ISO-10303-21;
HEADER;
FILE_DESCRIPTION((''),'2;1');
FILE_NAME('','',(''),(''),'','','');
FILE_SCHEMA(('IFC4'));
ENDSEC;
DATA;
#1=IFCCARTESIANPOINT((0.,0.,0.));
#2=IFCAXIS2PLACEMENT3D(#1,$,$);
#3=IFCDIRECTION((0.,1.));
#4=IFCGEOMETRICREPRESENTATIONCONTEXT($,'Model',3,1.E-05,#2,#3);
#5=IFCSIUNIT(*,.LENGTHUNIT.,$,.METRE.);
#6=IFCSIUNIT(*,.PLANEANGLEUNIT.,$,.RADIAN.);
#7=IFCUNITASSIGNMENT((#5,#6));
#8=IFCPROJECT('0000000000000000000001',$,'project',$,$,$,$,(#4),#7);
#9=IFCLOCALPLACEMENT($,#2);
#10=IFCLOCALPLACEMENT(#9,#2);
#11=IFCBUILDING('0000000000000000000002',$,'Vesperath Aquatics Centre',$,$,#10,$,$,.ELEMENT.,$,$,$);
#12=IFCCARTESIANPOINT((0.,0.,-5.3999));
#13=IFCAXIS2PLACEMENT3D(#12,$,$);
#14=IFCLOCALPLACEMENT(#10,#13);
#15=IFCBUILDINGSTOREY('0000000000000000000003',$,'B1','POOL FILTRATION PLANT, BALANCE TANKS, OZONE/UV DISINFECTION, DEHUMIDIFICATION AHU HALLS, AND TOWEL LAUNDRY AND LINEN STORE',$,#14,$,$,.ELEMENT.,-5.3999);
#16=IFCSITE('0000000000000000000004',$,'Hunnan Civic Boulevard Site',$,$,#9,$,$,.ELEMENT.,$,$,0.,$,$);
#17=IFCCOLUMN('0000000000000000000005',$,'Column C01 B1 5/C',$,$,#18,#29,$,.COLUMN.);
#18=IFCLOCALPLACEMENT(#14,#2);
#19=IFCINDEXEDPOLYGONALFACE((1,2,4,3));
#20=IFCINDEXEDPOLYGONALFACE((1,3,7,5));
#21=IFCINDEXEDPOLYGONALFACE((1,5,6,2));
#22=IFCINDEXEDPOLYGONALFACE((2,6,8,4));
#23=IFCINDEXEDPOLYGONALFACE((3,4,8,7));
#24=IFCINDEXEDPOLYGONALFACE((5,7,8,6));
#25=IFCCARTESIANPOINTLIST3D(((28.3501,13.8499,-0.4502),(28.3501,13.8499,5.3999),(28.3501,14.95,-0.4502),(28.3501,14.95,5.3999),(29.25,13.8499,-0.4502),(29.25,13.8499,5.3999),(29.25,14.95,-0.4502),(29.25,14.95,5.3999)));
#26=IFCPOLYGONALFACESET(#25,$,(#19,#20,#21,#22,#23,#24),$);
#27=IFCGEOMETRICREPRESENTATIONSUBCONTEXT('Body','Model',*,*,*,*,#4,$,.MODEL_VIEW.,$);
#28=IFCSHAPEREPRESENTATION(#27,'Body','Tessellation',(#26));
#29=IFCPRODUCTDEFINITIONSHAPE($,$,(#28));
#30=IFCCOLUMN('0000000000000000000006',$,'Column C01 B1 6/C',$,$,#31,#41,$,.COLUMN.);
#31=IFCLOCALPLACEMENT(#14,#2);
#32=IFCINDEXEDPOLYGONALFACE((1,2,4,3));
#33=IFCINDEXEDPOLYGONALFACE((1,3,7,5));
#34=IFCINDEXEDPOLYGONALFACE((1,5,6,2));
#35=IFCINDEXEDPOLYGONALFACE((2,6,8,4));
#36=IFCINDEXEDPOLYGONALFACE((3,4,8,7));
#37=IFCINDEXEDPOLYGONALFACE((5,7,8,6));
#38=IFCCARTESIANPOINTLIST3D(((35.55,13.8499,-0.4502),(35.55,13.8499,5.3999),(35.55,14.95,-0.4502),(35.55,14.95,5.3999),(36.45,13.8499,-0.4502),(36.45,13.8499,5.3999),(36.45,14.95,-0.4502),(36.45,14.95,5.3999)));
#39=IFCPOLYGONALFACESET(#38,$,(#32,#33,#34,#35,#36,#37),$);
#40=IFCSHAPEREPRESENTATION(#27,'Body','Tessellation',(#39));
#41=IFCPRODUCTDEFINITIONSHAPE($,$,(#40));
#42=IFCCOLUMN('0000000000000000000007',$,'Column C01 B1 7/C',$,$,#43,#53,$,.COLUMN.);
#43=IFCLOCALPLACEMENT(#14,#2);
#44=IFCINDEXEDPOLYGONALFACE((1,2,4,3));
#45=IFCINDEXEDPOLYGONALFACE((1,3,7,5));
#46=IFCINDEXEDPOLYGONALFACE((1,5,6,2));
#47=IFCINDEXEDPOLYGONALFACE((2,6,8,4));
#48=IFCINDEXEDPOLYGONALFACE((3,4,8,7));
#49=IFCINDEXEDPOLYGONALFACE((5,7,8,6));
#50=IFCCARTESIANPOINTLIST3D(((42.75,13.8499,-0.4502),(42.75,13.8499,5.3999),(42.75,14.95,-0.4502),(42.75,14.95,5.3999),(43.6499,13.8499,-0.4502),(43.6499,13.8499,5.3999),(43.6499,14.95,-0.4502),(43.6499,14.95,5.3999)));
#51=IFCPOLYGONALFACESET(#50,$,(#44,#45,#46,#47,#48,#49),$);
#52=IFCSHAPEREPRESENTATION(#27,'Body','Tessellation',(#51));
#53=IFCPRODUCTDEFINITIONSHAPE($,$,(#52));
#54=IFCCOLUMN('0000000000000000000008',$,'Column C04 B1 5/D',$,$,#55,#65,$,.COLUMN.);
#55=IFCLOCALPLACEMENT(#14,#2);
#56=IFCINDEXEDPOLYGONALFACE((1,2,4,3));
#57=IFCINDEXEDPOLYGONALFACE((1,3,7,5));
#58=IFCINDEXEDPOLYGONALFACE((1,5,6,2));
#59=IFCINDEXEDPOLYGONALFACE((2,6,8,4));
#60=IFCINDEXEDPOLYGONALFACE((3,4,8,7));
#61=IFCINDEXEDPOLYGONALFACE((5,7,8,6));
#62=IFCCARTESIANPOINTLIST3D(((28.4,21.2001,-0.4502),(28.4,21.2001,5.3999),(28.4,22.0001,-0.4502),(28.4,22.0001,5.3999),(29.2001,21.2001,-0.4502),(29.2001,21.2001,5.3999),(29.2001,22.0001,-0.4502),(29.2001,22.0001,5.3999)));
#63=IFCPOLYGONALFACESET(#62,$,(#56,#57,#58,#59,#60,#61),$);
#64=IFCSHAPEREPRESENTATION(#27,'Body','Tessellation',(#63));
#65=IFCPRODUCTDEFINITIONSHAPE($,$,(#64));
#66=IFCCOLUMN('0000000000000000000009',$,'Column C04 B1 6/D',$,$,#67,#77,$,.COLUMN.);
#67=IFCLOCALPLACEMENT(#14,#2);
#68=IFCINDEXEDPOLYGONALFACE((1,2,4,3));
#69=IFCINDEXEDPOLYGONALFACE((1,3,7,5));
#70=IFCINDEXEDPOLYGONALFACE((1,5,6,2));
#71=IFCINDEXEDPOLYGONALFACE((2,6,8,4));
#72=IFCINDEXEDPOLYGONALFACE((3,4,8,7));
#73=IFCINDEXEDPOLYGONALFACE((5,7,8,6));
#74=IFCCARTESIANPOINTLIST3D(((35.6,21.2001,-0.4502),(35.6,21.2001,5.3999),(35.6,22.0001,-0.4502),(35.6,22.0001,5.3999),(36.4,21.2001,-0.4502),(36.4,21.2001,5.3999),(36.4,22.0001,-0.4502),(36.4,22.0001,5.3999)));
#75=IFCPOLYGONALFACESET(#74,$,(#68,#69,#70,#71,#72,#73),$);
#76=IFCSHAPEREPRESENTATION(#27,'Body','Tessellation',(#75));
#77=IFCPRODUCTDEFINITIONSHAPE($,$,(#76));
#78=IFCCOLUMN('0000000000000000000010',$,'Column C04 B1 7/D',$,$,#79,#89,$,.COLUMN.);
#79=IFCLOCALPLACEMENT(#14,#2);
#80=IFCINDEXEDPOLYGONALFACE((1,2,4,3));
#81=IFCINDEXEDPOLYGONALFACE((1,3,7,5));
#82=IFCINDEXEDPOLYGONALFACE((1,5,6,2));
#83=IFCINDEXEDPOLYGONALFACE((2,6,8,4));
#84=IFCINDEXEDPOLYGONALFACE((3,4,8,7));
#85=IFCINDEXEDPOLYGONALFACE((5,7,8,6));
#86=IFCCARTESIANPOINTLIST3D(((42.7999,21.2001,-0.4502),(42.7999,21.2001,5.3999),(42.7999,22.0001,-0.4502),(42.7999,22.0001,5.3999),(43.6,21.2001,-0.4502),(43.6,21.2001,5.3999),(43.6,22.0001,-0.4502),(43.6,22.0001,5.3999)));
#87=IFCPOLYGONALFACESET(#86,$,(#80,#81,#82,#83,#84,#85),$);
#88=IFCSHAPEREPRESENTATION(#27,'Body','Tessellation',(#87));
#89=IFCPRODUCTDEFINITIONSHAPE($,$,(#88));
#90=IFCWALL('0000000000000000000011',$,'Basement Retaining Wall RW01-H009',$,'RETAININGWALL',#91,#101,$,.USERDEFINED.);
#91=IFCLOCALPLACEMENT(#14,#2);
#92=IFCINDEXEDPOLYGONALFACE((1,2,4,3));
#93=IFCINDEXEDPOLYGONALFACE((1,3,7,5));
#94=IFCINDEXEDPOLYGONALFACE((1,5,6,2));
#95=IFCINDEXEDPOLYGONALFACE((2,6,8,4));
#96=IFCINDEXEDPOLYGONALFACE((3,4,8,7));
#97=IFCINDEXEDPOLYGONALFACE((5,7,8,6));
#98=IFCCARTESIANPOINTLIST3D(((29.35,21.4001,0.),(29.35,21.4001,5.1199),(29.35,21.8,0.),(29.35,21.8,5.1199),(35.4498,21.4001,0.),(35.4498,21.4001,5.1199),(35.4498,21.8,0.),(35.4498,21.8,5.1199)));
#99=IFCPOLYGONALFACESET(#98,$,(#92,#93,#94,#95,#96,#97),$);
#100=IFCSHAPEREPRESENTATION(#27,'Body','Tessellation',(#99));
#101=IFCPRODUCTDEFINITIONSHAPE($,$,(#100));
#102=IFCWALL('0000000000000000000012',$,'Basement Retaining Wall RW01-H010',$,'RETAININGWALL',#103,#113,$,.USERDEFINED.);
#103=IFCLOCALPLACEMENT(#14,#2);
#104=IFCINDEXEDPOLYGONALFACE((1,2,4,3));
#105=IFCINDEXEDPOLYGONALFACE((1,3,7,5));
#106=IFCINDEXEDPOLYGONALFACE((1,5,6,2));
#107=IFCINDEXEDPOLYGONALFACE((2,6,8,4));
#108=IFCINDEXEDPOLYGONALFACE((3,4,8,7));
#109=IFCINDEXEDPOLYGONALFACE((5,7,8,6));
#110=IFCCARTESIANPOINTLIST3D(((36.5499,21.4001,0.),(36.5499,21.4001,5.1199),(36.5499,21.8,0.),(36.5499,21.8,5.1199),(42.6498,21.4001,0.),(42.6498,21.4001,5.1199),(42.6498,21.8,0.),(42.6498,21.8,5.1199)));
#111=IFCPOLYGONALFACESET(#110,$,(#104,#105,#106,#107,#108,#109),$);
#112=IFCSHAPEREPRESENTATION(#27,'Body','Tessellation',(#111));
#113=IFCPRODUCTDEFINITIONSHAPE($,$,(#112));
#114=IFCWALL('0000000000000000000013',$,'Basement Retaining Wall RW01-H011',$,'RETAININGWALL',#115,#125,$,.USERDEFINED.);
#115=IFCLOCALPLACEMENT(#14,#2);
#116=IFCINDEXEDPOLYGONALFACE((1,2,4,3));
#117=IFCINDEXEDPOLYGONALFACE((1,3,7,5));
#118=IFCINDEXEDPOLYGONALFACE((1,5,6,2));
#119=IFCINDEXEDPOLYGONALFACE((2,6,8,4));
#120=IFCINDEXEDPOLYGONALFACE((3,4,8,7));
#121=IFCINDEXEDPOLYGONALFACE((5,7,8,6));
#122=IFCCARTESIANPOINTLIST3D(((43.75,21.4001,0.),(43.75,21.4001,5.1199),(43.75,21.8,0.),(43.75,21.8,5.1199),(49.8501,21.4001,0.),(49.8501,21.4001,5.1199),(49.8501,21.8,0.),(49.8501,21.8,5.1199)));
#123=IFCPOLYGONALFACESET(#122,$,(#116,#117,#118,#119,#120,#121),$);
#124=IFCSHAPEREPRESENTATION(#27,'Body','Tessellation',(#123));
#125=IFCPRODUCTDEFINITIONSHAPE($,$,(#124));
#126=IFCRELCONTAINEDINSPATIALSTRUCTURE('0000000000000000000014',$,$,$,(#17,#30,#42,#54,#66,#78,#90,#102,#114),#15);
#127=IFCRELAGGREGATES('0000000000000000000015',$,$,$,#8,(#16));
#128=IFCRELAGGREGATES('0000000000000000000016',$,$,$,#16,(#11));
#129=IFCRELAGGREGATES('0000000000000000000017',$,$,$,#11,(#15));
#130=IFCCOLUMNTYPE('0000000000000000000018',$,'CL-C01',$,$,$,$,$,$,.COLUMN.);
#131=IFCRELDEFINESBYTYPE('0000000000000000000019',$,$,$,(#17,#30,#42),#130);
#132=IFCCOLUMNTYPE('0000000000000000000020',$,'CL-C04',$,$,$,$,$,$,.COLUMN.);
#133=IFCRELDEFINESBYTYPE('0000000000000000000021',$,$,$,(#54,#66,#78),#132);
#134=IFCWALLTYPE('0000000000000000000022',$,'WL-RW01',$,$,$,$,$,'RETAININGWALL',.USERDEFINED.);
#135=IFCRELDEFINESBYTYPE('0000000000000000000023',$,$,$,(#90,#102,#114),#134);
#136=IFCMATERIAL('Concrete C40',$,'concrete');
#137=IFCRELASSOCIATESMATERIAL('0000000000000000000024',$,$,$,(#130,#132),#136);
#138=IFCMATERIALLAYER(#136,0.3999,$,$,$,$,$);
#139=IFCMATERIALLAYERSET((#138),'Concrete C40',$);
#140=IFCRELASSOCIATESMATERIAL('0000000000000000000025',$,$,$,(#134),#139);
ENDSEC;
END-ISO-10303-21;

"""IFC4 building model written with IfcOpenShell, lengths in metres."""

from ifc_helpers import new_model, si_unit, direction, frame, frame_2d, origin, origin_2d, place, context, subcontext, project, spatial, rectangle, extrude, material, layer, layer_set, material_profile, profile_set, type_object, element, save


model = new_model("IFC4")

# Units and contexts
model_context = context("Model", 3, precision=1e-05, world=origin(), true_north=direction((0.0, 1.0)))
body_context = subcontext(model_context, "Body", "Model", "MODEL_VIEW")
ifc_project = project(units=[si_unit("LENGTHUNIT", "METRE"), si_unit("PLANEANGLEUNIT", "RADIAN")], contexts=[model_context])

# Site, building, storey
site_placement = place(None, origin())
site = spatial("IfcSite", under=ifc_project, at=site_placement, Name="Hunnan Civic Boulevard Site", CompositionType="ELEMENT", RefElevation=0.0)
building_placement = place(site_placement, origin())
building = spatial("IfcBuilding", under=site, at=building_placement, Name="Vesperath Aquatics Centre", CompositionType="ELEMENT")
storey_placement = place(building_placement, frame((0.0, 0.0, -5.3999)))
storey = spatial("IfcBuildingStorey", under=building, at=storey_placement, Name="B1", Description="POOL FILTRATION PLANT, BALANCE TANKS, OZONE/UV DISINFECTION, DEHUMIDIFICATION AHU HALLS, AND TOWEL LAUNDRY AND LINEN STORE", CompositionType="ELEMENT", Elevation=-5.3999)

# Shared definitions
ifc_material_1 = material(Name="Concrete C40", Category="concrete")

# Columns
ifc_material_profile_1 = material_profile(ifc_material_1, rectangle(XDim=0.8999, YDim=1.1001, at=origin_2d()), Name="RC 1100x900")
ifc_profile_set_1 = profile_set([ifc_material_profile_1], Name="Concrete C40")
column_type_1 = type_object("IfcColumnType", Name="CL-C01", PredefinedType="COLUMN", material=ifc_profile_set_1)
for number, where, z_axis, x_axis, name in (
    (1, (28.8, 14.3999, -0.4502), (0.0, 0.0, 1.0), (1.0, 0.0, 0.0), "Column C01 B1 5/C"),
    (2, (36.0, 14.3999, -0.4502), (0.0, 0.0, 1.0), (1.0, 0.0, 0.0), "Column C01 B1 6/C"),
    (3, (43.2, 14.3999, -0.4502), (0.0, 0.0, 1.0), (1.0, 0.0, 0.0), "Column C01 B1 7/C"),
):
    element("IfcColumn", number, at=place(storey_placement, frame(where, z_axis=z_axis, x_axis=x_axis)), inside=storey, type_object=column_type_1, Name=name, PredefinedType="COLUMN", context=body_context, shape_type="SweptSolid", body=[
        extrude(rectangle(XDim=0.8999, YDim=1.1001, at=origin_2d()), origin(), (0.0, 0.0, 1.0), 5.8501),
    ])
ifc_material_profile_2 = material_profile(ifc_material_1, rectangle(XDim=0.8, YDim=0.8, at=origin_2d()), Name="RC 800x800")
ifc_profile_set_2 = profile_set([ifc_material_profile_2], Name="Concrete C40")
column_type_2 = type_object("IfcColumnType", Name="CL-C04", PredefinedType="COLUMN", material=ifc_profile_set_2)
for number, where, z_axis, x_axis, name in (
    (4, (28.8, 21.6001, -0.4502), (0.0, 0.0, 1.0), (1.0, 0.0, 0.0), "Column C04 B1 5/D"),
    (5, (36.0, 21.6001, -0.4502), (0.0, 0.0, 1.0), (1.0, 0.0, 0.0), "Column C04 B1 6/D"),
    (6, (43.2, 21.6001, -0.4502), (0.0, 0.0, 1.0), (1.0, 0.0, 0.0), "Column C04 B1 7/D"),
):
    element("IfcColumn", number, at=place(storey_placement, frame(where, z_axis=z_axis, x_axis=x_axis)), inside=storey, type_object=column_type_2, Name=name, PredefinedType="COLUMN", context=body_context, shape_type="SweptSolid", body=[
        extrude(rectangle(XDim=0.8, YDim=0.8, at=origin_2d()), origin(), (0.0, 0.0, 1.0), 5.8501),
    ])

# Walls
ifc_layer = layer(ifc_material_1, 0.3999)
ifc_layer_set = layer_set([ifc_layer], Name="Concrete C40")
wall_type = type_object("IfcWallType", Name="WL-RW01", ElementType="RETAININGWALL", PredefinedType="USERDEFINED", material=ifc_layer_set)
for number, where, z_axis, x_axis, name in (
    (7, (29.3501, 21.6001, 0.0), (0.0, 0.0, 1.0), (1.0, 0.0, 0.0), "Basement Retaining Wall RW01-H009"),
    (8, (36.55, 21.6001, 0.0), (0.0, 0.0, 1.0), (1.0, 0.0, 0.0), "Basement Retaining Wall RW01-H010"),
):
    element("IfcWall", number, at=place(storey_placement, frame(where, z_axis=z_axis, x_axis=x_axis)), inside=storey, type_object=wall_type, Name=name, ObjectType="RETAININGWALL", PredefinedType="USERDEFINED", context=body_context, shape_type="SweptSolid", body=[
        extrude(rectangle(XDim=6.0999, YDim=0.3999, at=frame_2d((3.0498, 0.0))), origin(), (0.0, 0.0, 1.0), 5.1199),
    ])
wall_placement = place(storey_placement, frame((43.75, 21.6001, 0.0), z_axis=(0.0, 0.0, 1.0), x_axis=(1.0, 0.0, 0.0)))
element("IfcWall", 9, at=wall_placement, inside=storey, type_object=wall_type, Name="Basement Retaining Wall RW01-H011", ObjectType="RETAININGWALL", PredefinedType="USERDEFINED", context=body_context, shape_type="SweptSolid", body=[
    extrude(rectangle(XDim=6.1001, YDim=0.3999, at=frame_2d((3.05, 0.0))), origin(), (0.0, 0.0, 1.0), 5.1199),
])

save(model, "model.ifc")
